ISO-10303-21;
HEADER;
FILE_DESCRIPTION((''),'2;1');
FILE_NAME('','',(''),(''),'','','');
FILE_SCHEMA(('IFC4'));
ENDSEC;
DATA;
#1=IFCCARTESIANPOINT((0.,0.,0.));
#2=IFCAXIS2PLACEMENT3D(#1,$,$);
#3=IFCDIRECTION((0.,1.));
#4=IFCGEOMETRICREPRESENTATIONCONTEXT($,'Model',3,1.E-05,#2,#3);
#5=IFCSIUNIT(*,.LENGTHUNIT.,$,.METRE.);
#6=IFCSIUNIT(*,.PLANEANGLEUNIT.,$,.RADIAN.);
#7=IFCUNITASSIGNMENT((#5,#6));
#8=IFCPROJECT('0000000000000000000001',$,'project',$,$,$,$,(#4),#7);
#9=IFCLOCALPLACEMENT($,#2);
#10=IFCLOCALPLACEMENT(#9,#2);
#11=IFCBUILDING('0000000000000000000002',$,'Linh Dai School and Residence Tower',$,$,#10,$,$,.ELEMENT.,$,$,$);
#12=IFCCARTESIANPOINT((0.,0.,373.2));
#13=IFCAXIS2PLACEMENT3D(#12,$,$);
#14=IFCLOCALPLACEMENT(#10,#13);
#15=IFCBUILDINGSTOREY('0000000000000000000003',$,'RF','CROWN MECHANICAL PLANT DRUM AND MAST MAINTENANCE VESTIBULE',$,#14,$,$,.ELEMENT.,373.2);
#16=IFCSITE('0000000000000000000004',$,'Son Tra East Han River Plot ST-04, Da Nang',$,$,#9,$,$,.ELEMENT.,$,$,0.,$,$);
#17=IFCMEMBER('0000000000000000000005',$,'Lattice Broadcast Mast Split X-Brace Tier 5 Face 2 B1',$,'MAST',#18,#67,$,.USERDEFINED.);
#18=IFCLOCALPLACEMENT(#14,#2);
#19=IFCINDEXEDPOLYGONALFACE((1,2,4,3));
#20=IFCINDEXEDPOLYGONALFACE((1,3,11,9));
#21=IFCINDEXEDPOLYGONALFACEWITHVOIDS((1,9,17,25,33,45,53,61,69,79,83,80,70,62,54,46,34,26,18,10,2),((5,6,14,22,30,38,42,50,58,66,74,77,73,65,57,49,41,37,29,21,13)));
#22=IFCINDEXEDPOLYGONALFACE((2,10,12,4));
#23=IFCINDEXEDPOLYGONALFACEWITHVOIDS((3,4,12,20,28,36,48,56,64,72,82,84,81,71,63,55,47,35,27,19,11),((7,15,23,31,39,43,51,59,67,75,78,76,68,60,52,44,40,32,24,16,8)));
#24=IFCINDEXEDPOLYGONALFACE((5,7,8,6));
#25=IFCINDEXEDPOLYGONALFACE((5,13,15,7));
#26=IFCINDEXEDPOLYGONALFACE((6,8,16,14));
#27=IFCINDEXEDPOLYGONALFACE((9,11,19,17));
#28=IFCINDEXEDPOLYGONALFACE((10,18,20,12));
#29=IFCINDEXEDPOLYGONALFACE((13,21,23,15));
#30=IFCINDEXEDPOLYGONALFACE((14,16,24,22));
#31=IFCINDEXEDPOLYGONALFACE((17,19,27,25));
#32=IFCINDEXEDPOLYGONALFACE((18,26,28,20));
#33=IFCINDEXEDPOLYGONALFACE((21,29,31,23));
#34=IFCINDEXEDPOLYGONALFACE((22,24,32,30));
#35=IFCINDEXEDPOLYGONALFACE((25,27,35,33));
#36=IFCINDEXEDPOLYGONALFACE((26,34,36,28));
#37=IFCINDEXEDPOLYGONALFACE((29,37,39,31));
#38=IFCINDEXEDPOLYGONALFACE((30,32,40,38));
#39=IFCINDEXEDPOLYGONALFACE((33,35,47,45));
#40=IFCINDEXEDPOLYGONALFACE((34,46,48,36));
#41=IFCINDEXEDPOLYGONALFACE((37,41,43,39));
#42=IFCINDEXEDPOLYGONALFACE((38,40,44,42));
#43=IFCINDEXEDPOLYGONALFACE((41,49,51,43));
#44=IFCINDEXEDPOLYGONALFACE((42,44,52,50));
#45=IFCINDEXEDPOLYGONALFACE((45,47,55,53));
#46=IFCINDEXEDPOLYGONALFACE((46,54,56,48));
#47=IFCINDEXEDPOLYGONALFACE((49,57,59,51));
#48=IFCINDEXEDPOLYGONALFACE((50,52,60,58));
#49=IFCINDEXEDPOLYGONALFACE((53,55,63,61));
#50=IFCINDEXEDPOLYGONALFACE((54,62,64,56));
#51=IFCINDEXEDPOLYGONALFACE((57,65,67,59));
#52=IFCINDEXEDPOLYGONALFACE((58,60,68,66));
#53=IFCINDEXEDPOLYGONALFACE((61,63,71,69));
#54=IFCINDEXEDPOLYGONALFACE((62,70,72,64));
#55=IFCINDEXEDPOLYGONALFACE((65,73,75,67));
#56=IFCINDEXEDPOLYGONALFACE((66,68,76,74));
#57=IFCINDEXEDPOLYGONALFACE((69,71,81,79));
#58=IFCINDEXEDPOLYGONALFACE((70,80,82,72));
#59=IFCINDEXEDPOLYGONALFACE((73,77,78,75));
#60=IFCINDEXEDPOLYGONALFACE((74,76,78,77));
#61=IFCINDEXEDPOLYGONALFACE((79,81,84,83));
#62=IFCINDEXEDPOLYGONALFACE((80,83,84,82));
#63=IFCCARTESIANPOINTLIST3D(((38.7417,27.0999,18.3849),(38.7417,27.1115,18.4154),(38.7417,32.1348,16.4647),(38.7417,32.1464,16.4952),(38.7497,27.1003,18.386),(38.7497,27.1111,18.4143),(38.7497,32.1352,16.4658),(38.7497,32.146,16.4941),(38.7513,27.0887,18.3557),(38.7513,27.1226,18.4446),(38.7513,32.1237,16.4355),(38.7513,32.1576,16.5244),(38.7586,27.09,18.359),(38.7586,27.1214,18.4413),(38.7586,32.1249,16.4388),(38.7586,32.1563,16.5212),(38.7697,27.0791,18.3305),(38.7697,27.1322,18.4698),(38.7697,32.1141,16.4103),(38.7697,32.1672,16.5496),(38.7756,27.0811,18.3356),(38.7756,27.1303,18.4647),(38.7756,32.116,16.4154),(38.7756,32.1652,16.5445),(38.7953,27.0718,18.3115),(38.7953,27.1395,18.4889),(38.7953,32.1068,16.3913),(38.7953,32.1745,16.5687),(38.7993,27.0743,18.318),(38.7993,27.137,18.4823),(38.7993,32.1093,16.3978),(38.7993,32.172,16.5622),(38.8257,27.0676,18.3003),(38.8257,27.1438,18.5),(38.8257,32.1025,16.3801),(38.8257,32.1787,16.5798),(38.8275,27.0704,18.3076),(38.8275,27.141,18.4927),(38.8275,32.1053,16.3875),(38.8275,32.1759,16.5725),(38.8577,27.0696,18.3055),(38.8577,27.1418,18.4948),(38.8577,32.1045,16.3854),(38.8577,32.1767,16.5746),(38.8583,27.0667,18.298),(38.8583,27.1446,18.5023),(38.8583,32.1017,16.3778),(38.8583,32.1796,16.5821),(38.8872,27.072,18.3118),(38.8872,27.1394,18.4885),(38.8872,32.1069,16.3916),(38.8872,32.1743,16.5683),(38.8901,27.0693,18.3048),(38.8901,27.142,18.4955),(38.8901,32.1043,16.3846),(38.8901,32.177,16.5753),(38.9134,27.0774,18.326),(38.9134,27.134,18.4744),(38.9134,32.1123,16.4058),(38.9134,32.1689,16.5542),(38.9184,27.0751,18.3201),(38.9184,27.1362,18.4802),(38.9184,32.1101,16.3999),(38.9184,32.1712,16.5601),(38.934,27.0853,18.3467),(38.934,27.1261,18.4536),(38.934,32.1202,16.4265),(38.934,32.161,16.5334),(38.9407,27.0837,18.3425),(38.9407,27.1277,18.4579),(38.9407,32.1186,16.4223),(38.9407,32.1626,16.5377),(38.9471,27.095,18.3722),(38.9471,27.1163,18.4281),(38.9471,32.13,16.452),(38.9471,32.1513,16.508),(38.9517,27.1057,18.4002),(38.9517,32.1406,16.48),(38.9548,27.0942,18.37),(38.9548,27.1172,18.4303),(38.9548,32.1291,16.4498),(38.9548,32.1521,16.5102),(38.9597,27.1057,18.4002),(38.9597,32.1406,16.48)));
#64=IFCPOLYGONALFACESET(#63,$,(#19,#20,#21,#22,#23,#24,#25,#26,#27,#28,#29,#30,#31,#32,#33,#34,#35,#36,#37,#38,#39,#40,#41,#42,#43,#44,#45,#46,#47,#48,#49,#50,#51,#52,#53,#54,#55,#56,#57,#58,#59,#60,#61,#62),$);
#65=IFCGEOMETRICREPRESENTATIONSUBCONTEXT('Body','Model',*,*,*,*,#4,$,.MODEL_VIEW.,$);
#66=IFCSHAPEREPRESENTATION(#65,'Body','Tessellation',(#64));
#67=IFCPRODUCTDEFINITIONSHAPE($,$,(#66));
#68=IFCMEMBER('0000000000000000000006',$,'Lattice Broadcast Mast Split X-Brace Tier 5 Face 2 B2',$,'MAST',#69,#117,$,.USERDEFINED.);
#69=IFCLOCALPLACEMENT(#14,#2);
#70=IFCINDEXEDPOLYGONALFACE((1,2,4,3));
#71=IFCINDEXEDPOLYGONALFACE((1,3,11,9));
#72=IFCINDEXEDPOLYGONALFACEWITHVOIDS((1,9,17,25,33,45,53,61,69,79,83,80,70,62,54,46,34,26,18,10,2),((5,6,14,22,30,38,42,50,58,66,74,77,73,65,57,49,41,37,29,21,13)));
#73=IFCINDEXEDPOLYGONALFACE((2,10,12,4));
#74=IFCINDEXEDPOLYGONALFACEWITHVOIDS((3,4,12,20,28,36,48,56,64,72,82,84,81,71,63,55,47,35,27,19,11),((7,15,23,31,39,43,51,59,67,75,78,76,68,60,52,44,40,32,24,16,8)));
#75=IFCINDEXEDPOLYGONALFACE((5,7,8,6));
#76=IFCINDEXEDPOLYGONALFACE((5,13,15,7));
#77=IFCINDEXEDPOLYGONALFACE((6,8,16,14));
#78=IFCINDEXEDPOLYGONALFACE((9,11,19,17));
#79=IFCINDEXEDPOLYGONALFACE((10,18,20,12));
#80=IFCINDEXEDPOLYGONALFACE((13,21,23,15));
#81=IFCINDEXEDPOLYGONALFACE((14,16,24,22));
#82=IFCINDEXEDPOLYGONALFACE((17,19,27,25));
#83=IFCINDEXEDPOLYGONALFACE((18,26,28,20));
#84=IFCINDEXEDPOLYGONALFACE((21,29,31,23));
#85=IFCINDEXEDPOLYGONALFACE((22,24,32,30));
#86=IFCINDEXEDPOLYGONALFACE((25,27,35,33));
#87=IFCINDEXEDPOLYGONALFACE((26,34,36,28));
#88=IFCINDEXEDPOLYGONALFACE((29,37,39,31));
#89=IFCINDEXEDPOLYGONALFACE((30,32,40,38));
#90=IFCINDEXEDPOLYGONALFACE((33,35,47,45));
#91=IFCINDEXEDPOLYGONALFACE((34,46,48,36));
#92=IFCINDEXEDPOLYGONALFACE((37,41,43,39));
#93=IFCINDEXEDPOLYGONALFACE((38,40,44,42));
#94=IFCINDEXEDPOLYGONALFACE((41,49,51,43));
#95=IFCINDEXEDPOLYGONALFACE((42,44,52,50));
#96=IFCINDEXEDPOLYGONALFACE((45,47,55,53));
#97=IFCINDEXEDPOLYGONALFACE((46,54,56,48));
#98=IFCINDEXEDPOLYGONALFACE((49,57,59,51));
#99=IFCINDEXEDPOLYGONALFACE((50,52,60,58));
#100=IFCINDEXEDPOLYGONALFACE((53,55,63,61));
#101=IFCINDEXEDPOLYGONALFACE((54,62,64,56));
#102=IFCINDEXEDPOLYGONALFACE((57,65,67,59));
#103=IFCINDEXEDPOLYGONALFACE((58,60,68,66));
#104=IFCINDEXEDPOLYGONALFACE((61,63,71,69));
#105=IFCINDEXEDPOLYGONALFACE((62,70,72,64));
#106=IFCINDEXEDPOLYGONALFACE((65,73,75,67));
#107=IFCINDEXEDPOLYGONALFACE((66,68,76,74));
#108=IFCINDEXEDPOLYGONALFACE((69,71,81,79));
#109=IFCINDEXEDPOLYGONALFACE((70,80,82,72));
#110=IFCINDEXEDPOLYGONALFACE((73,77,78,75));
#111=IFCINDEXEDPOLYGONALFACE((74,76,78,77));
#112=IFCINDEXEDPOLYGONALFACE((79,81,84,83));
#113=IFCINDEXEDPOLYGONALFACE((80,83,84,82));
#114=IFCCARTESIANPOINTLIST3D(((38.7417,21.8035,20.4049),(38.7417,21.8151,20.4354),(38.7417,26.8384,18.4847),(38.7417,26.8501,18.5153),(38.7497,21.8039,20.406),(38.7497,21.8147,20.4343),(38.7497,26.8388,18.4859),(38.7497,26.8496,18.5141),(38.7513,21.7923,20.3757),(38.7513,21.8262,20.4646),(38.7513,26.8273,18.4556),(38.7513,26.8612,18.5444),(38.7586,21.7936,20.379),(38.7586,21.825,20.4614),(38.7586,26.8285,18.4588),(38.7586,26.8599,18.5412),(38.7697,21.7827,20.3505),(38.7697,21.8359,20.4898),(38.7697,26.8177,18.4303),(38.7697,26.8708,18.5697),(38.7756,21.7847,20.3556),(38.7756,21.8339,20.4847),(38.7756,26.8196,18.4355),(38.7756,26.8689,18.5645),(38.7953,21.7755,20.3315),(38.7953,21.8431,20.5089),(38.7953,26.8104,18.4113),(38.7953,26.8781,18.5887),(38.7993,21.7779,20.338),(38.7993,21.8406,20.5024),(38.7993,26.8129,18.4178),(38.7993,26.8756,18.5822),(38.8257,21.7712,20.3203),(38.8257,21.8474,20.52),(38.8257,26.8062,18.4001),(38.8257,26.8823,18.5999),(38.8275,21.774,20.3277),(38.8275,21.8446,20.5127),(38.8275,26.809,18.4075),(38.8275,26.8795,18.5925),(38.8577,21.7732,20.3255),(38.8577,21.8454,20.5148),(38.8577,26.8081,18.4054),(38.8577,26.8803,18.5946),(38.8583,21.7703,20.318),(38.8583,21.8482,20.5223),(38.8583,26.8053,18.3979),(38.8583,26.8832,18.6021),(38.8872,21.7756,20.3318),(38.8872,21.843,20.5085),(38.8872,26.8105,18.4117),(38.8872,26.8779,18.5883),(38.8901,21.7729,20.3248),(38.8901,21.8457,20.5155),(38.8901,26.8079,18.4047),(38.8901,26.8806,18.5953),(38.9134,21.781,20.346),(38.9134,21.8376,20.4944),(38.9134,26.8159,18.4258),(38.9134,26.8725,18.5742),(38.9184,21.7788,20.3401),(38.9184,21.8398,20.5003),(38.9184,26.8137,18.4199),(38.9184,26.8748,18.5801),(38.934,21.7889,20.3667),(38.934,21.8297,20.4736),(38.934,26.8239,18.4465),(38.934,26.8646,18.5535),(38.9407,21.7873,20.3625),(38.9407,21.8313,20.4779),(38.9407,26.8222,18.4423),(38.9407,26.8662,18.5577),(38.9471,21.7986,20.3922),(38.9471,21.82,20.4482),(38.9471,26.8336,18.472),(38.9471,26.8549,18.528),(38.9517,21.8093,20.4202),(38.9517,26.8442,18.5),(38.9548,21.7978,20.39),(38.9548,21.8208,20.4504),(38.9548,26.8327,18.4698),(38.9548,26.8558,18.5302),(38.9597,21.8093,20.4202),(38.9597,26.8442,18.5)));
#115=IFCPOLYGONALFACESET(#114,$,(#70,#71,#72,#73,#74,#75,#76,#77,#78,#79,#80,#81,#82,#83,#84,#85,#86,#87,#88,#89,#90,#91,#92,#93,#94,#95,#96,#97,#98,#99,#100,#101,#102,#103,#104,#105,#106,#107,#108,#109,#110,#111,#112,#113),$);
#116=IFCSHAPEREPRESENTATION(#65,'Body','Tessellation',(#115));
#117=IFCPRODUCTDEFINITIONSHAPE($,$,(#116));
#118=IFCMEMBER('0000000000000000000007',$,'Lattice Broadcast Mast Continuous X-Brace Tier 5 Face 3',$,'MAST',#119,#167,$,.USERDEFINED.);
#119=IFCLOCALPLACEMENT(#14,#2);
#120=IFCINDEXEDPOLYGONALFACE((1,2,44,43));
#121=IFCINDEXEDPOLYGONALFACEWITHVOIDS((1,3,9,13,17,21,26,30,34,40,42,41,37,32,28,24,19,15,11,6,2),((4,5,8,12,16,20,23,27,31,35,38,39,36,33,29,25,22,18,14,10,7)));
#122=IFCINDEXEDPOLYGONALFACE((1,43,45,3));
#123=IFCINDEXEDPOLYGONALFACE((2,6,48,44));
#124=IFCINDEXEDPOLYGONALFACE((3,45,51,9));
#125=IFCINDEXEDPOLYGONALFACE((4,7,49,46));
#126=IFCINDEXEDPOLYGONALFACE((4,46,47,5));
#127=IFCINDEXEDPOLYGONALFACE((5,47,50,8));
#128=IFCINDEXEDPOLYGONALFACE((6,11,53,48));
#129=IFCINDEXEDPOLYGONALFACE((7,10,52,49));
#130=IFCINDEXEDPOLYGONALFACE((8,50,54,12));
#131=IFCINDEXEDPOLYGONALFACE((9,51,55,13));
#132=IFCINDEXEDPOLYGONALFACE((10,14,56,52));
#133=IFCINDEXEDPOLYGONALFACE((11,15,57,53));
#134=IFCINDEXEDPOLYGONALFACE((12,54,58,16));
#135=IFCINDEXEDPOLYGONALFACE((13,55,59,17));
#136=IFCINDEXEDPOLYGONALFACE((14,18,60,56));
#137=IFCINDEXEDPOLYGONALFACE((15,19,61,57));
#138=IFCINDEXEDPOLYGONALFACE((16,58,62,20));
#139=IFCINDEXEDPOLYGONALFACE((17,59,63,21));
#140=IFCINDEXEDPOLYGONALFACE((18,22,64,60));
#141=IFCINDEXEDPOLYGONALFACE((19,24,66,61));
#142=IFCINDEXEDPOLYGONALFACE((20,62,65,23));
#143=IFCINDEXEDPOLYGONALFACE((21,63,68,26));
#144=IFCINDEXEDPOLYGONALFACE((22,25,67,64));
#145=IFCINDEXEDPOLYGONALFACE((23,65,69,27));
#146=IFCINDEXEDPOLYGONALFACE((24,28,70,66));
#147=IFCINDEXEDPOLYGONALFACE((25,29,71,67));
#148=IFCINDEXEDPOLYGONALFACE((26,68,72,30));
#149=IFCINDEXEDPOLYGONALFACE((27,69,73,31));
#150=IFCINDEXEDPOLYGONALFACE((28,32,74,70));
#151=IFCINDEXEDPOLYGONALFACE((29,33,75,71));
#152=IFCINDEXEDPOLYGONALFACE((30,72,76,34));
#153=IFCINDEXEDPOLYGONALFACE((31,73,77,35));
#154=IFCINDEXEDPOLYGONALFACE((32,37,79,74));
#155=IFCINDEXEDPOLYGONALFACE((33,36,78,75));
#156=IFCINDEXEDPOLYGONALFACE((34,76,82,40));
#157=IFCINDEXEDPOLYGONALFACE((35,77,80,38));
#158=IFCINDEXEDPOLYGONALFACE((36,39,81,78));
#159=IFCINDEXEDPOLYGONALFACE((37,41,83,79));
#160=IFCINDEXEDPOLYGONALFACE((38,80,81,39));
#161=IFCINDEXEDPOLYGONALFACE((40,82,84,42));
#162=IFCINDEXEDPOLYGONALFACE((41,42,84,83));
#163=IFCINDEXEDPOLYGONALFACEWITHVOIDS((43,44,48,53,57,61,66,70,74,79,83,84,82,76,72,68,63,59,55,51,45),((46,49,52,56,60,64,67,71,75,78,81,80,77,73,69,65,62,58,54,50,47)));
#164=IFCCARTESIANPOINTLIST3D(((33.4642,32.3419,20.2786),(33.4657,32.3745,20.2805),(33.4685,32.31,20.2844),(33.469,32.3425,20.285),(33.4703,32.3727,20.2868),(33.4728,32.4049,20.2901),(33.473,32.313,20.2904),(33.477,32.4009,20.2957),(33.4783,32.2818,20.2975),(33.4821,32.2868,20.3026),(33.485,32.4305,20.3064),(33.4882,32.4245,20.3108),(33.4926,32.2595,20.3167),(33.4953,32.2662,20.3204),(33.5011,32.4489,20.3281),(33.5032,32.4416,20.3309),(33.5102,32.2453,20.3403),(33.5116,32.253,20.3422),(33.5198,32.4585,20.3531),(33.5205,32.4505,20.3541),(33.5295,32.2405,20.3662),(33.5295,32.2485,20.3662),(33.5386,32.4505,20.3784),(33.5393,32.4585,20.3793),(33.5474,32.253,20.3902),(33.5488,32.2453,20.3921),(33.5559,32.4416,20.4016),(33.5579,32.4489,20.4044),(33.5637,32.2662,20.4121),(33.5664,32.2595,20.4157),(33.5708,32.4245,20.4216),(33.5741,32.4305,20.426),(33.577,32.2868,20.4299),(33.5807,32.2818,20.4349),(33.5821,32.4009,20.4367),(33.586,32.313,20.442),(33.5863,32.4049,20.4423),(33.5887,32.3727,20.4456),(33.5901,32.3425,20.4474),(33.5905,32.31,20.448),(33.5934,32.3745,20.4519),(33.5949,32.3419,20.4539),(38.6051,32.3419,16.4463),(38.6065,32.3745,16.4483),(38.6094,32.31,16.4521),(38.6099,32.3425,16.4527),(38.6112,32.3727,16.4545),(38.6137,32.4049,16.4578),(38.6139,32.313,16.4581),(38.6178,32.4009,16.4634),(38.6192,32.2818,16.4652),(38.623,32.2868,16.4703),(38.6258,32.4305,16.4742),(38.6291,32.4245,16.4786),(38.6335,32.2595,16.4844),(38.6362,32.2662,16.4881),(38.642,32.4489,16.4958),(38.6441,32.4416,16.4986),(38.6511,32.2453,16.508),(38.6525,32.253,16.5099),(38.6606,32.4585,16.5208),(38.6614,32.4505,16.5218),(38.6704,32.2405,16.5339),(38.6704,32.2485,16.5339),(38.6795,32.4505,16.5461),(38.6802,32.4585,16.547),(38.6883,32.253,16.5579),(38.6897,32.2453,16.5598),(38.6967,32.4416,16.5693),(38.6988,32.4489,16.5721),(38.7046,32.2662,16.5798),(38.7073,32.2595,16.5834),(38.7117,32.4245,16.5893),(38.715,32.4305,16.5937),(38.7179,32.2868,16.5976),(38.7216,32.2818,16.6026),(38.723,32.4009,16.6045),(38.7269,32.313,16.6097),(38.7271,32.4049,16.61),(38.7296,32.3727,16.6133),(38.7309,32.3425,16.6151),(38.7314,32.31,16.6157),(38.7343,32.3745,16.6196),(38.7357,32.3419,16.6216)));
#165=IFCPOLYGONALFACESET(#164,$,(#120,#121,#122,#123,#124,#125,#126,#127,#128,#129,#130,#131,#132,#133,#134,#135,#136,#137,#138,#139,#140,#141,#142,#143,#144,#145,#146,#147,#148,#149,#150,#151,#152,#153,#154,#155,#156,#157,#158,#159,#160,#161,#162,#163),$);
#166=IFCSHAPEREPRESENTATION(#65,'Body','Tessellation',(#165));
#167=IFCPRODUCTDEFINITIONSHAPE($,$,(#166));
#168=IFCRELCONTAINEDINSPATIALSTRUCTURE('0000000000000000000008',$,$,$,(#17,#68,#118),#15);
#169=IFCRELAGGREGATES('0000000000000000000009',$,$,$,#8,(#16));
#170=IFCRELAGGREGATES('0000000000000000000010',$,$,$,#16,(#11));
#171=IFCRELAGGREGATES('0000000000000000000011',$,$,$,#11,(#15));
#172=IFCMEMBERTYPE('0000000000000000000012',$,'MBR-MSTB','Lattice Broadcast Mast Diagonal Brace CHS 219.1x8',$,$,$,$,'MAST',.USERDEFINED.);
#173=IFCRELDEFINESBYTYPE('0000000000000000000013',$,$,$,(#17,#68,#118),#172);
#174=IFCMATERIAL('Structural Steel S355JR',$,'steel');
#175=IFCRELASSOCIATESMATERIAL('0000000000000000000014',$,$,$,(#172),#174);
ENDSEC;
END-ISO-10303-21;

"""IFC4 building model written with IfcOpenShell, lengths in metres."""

from ifc_helpers import new_model, si_unit, direction, frame, origin, origin_2d, place, context, subcontext, project, spatial, hollow_circle, extrude, material, material_profile, profile_set, type_object, element, save


model = new_model("IFC4")

# Units and contexts
model_context = context("Model", 3, precision=1e-05, world=origin(), true_north=direction((0.0, 1.0)))
body_context = subcontext(model_context, "Body", "Model", "MODEL_VIEW")
ifc_project = project(units=[si_unit("LENGTHUNIT", "METRE"), si_unit("PLANEANGLEUNIT", "RADIAN")], contexts=[model_context])

# Site, building, storey
site_placement = place(None, origin())
site = spatial("IfcSite", under=ifc_project, at=site_placement, Name="Son Tra East Han River Plot ST-04, Da Nang", CompositionType="ELEMENT", RefElevation=0.0)
building_placement = place(site_placement, origin())
building = spatial("IfcBuilding", under=site, at=building_placement, Name="Linh Dai School and Residence Tower", CompositionType="ELEMENT")
storey_placement = place(building_placement, frame((0.0, 0.0, 373.2)))
storey = spatial("IfcBuildingStorey", under=building, at=storey_placement, Name="RF", Description="CROWN MECHANICAL PLANT DRUM AND MAST MAINTENANCE VESTIBULE", CompositionType="ELEMENT", Elevation=373.2)

# Shared definitions
ifc_material = material(Name="Structural Steel S355JR", Category="steel")

# Members
ifc_material_profile_1 = material_profile(ifc_material, hollow_circle(Radius=0.1096, WallThickness=0.0081, at=origin_2d()), Name="CHS 219.1x8")
ifc_profile_set_1 = profile_set([ifc_material_profile_1], Name="Structural Steel S355JR")
member_type = type_object("IfcMemberType", Name="MBR-MSTB", Description="Lattice Broadcast Mast Diagonal Brace CHS 219.1x8", ElementType="MAST", PredefinedType="USERDEFINED", material=ifc_profile_set_1)
for number, where, z_axis, x_axis, name in (
    (1, (38.8501, 32.1406, 16.48), (0.0, -0.934358, 0.356336), (1.0, 0.0, 0.0), "Lattice Broadcast Mast Split X-Brace Tier 5 Face 2 B1"),
    (2, (38.8501, 26.8442, 18.5), (0.0, -0.934358, 0.356336), (1.0, 0.0, 0.0), "Lattice Broadcast Mast Split X-Brace Tier 5 Face 2 B2"),
):
    element("IfcMember", number, at=place(storey_placement, frame(where, z_axis=z_axis, x_axis=x_axis)), inside=storey, type_object=member_type, Name=name, ObjectType="MAST", PredefinedType="USERDEFINED", context=body_context, shape_type="SweptSolid", body=[
        extrude(hollow_circle(Radius=0.1096, WallThickness=0.0081, at=origin_2d()), origin(), (0.0, 0.0, 1.0), 5.3887),
    ])
member_1_placement = place(storey_placement, frame((38.6704, 32.3501, 16.5339), z_axis=(-0.801747, 0.0, 0.597664), x_axis=(0.0, -1.0, 0.0)))
element("IfcMember", 3, at=member_1_placement, inside=storey, type_object=member_type, Name="Lattice Broadcast Mast Continuous X-Brace Tier 5 Face 3", ObjectType="MAST", PredefinedType="USERDEFINED", context=body_context, shape_type="SweptSolid", body=[
    extrude(hollow_circle(Radius=0.1096, WallThickness=0.0081, at=origin_2d()), origin(), (0.0, 0.0, 1.0), 6.4121),
])

save(model, "model.ifc")
